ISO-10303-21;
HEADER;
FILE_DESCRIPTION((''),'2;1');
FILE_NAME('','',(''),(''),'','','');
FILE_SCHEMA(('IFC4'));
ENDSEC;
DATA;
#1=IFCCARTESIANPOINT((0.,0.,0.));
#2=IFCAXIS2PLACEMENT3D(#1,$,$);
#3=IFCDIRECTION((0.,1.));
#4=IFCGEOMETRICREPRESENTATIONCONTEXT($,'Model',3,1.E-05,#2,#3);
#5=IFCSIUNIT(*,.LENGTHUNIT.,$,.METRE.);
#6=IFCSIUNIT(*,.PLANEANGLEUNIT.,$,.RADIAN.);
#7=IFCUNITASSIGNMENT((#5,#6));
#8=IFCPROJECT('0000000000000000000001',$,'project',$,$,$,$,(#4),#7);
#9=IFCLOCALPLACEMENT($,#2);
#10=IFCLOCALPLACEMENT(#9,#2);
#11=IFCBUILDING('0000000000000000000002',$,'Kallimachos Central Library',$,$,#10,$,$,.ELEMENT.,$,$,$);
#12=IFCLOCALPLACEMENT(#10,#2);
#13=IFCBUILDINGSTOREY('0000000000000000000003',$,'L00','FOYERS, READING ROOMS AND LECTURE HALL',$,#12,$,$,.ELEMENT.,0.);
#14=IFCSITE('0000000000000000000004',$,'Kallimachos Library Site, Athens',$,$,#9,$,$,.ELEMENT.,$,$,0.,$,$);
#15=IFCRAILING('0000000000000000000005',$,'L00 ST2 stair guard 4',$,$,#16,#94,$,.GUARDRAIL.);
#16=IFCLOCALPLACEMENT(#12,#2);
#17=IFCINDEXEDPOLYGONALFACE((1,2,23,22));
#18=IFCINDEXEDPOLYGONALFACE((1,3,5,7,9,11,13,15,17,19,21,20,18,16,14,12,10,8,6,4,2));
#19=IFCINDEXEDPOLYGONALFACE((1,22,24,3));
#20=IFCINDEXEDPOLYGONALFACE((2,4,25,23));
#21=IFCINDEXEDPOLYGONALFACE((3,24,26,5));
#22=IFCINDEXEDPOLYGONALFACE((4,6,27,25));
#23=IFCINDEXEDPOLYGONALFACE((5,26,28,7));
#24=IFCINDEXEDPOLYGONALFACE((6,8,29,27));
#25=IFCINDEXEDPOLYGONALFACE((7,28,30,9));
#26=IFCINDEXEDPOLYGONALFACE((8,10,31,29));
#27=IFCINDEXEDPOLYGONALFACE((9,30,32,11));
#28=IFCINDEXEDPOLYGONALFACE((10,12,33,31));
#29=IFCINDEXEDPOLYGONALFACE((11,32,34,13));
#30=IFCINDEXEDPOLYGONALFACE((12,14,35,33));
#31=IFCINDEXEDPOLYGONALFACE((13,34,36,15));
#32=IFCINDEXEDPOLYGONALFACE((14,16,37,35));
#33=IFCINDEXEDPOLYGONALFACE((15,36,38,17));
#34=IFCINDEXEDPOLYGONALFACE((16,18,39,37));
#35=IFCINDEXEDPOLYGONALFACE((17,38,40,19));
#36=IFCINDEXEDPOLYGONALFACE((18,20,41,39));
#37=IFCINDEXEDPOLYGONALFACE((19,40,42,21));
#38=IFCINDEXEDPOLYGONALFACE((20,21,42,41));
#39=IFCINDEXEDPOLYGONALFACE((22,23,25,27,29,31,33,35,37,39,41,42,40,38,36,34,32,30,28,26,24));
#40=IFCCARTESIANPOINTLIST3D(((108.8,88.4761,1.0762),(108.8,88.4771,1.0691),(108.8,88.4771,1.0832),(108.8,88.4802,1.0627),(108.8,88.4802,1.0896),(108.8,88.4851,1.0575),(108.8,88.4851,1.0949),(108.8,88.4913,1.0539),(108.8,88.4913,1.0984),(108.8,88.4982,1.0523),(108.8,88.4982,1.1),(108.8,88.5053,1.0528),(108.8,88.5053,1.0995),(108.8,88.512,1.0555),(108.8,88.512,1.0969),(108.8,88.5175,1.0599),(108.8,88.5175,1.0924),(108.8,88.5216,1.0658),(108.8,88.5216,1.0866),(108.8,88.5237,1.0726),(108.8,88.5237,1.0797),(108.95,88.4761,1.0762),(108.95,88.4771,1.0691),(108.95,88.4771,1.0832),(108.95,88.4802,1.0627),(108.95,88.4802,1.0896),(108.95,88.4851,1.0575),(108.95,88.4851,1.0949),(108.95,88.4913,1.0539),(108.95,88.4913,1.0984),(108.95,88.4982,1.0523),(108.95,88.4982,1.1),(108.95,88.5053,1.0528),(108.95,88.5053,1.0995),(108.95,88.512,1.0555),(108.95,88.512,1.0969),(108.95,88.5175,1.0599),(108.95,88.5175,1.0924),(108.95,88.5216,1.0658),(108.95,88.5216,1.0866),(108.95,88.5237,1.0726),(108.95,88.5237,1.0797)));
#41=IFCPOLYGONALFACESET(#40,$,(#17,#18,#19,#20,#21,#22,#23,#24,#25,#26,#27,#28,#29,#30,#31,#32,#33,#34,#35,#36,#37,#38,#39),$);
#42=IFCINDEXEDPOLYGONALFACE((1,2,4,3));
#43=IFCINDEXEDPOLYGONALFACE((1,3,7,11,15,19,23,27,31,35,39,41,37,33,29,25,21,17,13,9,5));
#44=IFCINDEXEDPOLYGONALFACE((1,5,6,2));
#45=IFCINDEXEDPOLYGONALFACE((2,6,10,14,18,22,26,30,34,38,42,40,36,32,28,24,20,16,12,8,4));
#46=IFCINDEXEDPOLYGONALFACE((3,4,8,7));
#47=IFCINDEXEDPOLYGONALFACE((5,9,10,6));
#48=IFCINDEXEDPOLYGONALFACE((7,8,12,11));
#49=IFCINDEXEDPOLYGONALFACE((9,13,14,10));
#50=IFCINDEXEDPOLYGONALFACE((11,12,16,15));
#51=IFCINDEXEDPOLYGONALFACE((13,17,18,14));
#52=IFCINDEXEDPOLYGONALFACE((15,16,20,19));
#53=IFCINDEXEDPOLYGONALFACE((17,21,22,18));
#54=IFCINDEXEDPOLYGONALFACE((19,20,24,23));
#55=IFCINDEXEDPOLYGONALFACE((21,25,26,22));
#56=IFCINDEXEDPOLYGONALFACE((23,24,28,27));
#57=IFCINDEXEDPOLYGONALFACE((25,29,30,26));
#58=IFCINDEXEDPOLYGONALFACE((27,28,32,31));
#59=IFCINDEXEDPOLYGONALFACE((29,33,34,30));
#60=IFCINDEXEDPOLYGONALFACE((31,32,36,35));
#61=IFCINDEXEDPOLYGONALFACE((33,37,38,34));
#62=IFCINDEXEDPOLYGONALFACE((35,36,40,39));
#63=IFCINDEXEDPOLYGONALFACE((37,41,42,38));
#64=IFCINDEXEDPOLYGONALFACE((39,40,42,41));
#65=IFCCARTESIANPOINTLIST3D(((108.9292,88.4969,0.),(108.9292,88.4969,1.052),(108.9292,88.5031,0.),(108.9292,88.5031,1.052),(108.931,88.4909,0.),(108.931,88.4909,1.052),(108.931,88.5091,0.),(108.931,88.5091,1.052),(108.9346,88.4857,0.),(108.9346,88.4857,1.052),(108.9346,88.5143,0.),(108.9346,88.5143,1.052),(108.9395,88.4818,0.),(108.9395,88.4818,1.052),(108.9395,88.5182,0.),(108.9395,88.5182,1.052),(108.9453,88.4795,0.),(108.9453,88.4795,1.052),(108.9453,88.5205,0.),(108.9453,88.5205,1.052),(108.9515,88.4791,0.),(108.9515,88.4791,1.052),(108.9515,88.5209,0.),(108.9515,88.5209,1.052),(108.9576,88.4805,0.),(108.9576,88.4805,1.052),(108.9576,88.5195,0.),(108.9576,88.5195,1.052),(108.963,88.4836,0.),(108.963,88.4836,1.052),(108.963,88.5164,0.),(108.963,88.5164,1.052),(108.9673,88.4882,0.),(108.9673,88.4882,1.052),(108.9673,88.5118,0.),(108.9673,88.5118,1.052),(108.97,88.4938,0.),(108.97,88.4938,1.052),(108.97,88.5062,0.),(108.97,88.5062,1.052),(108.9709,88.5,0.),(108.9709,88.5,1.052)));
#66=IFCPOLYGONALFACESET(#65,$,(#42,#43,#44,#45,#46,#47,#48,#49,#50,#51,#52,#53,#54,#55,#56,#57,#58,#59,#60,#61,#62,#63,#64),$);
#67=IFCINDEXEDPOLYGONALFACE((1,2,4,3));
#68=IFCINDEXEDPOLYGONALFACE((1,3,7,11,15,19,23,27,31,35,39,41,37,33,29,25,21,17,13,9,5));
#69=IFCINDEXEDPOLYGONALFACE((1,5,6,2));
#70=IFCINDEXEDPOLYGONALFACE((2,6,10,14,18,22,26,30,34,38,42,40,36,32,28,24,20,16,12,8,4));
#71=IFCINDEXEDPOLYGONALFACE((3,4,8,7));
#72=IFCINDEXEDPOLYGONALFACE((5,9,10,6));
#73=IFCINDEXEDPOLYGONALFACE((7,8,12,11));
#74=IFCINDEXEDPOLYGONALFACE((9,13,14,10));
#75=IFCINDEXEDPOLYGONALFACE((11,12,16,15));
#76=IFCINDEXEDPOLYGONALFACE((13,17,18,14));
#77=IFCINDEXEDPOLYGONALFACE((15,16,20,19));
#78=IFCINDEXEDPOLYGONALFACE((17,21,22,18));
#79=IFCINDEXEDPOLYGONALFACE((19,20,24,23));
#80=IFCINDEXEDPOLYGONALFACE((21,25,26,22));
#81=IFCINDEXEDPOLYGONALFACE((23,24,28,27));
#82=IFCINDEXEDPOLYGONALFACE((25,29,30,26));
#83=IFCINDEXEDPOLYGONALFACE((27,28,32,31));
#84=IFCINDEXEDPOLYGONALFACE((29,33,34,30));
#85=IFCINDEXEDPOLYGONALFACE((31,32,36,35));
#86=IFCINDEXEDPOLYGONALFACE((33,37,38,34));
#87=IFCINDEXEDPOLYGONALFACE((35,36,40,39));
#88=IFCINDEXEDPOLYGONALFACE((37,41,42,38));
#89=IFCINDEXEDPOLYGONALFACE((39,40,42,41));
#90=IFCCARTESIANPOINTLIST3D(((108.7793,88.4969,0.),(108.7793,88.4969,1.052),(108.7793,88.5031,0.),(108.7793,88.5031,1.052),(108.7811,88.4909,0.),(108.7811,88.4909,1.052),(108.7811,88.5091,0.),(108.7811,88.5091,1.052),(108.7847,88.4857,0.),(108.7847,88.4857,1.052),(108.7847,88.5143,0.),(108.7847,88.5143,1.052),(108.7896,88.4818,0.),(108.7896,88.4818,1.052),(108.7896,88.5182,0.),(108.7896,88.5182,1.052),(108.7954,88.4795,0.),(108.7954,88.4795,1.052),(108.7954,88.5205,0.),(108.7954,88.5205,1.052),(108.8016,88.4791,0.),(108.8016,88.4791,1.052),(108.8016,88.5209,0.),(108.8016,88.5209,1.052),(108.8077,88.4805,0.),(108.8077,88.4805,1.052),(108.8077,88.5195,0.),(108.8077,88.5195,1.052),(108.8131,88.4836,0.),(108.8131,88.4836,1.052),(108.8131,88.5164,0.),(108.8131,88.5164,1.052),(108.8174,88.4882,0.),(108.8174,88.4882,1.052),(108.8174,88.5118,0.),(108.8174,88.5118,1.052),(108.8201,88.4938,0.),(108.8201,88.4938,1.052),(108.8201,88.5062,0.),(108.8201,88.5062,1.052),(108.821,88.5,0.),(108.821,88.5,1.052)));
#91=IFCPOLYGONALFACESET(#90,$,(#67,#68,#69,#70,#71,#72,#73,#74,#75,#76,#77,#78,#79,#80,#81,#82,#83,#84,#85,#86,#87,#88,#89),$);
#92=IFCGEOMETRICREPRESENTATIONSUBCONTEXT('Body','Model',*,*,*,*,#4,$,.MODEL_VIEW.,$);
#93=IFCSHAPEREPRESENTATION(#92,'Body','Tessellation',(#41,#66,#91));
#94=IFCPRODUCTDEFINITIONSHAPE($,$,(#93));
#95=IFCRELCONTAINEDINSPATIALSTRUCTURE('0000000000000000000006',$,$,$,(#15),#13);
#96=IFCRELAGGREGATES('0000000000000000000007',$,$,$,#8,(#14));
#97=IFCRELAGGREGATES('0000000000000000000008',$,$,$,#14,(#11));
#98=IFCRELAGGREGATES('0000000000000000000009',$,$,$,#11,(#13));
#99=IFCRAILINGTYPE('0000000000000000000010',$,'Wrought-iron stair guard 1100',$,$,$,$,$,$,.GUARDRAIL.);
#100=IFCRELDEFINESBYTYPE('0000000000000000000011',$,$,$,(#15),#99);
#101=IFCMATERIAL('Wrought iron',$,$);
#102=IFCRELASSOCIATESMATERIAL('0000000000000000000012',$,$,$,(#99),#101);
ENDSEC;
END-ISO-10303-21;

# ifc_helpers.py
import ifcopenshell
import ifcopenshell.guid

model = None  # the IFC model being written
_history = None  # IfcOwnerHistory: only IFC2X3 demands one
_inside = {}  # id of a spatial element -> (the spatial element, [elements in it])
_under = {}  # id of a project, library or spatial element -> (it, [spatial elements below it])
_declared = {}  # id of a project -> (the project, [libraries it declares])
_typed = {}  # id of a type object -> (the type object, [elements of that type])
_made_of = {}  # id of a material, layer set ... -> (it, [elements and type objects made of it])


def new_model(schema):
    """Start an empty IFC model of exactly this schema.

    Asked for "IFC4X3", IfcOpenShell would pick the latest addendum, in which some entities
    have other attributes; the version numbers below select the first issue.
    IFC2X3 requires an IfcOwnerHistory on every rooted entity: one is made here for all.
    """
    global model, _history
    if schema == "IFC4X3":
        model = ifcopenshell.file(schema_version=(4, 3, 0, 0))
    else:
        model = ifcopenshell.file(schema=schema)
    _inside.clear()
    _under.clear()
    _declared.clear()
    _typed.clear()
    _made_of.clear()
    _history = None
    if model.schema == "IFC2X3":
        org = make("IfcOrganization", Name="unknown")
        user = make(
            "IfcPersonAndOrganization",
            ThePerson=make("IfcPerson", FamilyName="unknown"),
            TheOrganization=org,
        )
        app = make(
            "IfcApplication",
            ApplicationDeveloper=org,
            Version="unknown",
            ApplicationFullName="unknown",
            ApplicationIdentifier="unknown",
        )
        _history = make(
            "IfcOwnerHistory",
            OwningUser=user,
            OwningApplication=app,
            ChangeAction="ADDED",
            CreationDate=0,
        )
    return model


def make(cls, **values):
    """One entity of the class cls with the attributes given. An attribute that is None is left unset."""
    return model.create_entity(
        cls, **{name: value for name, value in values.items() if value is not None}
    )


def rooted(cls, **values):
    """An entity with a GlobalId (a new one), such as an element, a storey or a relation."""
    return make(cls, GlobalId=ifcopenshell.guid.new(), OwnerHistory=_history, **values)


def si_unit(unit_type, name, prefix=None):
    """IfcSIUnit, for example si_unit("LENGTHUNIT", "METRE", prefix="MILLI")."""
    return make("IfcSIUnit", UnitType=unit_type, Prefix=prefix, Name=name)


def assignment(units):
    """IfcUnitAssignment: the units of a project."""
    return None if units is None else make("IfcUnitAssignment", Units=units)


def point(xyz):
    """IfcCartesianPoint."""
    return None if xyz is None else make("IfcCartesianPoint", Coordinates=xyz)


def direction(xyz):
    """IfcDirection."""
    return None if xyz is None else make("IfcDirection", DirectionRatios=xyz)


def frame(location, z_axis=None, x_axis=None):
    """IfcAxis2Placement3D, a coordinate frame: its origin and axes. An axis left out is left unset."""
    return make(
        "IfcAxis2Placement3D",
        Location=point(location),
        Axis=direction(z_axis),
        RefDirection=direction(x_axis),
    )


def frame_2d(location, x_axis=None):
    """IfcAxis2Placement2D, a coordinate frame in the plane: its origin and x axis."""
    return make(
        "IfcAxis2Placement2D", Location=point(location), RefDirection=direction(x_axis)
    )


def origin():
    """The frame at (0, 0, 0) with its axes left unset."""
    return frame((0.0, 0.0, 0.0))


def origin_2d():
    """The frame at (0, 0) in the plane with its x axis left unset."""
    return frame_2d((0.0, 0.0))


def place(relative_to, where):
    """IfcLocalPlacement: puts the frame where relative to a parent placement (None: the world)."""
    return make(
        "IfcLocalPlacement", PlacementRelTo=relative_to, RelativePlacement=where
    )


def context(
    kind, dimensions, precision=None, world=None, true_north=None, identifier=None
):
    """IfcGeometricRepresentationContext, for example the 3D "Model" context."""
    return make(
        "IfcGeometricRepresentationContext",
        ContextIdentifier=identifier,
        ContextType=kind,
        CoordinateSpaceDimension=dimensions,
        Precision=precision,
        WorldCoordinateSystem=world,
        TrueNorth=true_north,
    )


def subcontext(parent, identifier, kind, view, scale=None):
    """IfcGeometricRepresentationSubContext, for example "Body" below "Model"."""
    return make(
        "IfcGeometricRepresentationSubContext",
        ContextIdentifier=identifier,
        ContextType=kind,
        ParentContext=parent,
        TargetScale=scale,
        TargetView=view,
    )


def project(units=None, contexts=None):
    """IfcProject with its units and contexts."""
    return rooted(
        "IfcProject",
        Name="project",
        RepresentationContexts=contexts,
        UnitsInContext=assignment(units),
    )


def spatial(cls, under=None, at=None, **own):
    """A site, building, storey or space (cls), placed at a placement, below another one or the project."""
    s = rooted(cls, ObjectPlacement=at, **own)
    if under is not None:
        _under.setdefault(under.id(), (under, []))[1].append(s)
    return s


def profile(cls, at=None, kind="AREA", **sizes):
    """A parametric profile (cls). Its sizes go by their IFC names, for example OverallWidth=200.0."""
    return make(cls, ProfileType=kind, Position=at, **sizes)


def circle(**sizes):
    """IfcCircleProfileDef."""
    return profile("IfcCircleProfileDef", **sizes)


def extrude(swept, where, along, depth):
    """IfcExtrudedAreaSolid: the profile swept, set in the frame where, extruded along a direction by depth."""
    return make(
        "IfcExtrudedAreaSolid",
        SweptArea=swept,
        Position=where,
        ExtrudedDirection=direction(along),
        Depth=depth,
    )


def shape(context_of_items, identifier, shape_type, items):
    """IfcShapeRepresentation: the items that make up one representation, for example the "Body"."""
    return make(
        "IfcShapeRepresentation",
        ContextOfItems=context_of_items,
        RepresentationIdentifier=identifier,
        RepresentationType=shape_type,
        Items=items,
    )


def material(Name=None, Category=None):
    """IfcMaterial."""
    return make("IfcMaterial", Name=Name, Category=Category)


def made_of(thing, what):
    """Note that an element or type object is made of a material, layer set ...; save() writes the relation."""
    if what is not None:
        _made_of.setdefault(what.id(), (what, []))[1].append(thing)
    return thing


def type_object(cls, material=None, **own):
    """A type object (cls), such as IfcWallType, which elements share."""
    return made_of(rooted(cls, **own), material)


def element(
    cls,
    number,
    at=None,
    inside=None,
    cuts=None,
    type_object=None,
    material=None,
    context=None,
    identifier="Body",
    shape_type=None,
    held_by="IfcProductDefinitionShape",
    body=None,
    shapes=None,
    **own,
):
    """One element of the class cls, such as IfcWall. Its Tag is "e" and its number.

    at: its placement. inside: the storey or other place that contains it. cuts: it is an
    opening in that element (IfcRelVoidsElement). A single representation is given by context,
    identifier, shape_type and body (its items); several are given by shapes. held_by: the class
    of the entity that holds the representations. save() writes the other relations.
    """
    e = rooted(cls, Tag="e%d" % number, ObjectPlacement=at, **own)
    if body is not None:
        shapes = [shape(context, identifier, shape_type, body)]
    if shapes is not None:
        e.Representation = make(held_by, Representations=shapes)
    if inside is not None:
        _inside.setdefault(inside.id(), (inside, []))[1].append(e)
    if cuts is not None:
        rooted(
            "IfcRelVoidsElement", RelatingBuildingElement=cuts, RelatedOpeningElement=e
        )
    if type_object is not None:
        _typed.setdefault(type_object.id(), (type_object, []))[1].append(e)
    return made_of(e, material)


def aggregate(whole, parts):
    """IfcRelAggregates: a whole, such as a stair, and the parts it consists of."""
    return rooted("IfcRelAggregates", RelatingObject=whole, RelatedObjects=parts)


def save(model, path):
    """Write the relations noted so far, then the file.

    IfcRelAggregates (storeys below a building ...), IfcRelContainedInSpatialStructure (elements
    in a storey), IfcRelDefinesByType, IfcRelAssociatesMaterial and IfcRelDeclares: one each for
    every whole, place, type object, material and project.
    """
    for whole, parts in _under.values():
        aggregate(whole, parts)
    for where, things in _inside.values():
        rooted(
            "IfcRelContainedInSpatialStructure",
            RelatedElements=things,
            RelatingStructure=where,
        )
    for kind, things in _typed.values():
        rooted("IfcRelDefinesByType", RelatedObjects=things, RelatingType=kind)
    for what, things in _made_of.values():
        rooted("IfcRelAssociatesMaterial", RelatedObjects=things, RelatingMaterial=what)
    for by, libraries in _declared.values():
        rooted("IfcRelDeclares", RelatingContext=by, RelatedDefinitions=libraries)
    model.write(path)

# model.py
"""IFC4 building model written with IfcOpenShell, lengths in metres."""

from ifc_helpers import new_model, si_unit, direction, frame, origin, origin_2d, place, context, subcontext, project, spatial, circle, extrude, material, type_object, element, save


model = new_model("IFC4")

# Units and contexts
model_context = context("Model", 3, precision=1e-05, world=origin(), true_north=direction((0.0, 1.0)))
body_context = subcontext(model_context, "Body", "Model", "MODEL_VIEW")
ifc_project = project(units=[si_unit("LENGTHUNIT", "METRE"), si_unit("PLANEANGLEUNIT", "RADIAN")], contexts=[model_context])

# Site, building, storey
site_placement = place(None, origin())
site = spatial("IfcSite", under=ifc_project, at=site_placement, Name="Kallimachos Library Site, Athens", CompositionType="ELEMENT", RefElevation=0.0)
building_placement = place(site_placement, origin())
building = spatial("IfcBuilding", under=site, at=building_placement, Name="Kallimachos Central Library", CompositionType="ELEMENT")
storey_placement = place(building_placement, origin())
storey = spatial("IfcBuildingStorey", under=building, at=storey_placement, Name="L00", Description="FOYERS, READING ROOMS AND LECTURE HALL", CompositionType="ELEMENT", Elevation=0.0)

# Railing
ifc_material_1 = material(Name="Wrought iron")
railing_type = type_object("IfcRailingType", Name="Wrought-iron stair guard 1100", PredefinedType="GUARDRAIL", material=ifc_material_1)
railing_1_placement = place(storey_placement, frame((108.95, 88.5, 0.0)))
element("IfcRailing", 1, at=railing_1_placement, inside=storey, type_object=railing_type, Name="L00 ST2 stair guard 4", PredefinedType="GUARDRAIL", context=body_context, shape_type="SweptSolid", body=[
    extrude(circle(Radius=0.0239, at=origin_2d()), frame((0.0, 0.0, 1.0762), z_axis=(-1.0, 0.0, 0.0), x_axis=(0.0, -1.0, 0.0)), (0.0, 0.0, 1.0), 0.1499),
    extrude(circle(Radius=0.021, at=origin_2d()), origin(), (0.0, 0.0, 1.0), 1.052),
    extrude(circle(Radius=0.021, at=origin_2d()), frame((-0.1499, 0.0, 0.0)), (0.0, 0.0, 1.0), 1.052),
])

save(model, "model.ifc")
